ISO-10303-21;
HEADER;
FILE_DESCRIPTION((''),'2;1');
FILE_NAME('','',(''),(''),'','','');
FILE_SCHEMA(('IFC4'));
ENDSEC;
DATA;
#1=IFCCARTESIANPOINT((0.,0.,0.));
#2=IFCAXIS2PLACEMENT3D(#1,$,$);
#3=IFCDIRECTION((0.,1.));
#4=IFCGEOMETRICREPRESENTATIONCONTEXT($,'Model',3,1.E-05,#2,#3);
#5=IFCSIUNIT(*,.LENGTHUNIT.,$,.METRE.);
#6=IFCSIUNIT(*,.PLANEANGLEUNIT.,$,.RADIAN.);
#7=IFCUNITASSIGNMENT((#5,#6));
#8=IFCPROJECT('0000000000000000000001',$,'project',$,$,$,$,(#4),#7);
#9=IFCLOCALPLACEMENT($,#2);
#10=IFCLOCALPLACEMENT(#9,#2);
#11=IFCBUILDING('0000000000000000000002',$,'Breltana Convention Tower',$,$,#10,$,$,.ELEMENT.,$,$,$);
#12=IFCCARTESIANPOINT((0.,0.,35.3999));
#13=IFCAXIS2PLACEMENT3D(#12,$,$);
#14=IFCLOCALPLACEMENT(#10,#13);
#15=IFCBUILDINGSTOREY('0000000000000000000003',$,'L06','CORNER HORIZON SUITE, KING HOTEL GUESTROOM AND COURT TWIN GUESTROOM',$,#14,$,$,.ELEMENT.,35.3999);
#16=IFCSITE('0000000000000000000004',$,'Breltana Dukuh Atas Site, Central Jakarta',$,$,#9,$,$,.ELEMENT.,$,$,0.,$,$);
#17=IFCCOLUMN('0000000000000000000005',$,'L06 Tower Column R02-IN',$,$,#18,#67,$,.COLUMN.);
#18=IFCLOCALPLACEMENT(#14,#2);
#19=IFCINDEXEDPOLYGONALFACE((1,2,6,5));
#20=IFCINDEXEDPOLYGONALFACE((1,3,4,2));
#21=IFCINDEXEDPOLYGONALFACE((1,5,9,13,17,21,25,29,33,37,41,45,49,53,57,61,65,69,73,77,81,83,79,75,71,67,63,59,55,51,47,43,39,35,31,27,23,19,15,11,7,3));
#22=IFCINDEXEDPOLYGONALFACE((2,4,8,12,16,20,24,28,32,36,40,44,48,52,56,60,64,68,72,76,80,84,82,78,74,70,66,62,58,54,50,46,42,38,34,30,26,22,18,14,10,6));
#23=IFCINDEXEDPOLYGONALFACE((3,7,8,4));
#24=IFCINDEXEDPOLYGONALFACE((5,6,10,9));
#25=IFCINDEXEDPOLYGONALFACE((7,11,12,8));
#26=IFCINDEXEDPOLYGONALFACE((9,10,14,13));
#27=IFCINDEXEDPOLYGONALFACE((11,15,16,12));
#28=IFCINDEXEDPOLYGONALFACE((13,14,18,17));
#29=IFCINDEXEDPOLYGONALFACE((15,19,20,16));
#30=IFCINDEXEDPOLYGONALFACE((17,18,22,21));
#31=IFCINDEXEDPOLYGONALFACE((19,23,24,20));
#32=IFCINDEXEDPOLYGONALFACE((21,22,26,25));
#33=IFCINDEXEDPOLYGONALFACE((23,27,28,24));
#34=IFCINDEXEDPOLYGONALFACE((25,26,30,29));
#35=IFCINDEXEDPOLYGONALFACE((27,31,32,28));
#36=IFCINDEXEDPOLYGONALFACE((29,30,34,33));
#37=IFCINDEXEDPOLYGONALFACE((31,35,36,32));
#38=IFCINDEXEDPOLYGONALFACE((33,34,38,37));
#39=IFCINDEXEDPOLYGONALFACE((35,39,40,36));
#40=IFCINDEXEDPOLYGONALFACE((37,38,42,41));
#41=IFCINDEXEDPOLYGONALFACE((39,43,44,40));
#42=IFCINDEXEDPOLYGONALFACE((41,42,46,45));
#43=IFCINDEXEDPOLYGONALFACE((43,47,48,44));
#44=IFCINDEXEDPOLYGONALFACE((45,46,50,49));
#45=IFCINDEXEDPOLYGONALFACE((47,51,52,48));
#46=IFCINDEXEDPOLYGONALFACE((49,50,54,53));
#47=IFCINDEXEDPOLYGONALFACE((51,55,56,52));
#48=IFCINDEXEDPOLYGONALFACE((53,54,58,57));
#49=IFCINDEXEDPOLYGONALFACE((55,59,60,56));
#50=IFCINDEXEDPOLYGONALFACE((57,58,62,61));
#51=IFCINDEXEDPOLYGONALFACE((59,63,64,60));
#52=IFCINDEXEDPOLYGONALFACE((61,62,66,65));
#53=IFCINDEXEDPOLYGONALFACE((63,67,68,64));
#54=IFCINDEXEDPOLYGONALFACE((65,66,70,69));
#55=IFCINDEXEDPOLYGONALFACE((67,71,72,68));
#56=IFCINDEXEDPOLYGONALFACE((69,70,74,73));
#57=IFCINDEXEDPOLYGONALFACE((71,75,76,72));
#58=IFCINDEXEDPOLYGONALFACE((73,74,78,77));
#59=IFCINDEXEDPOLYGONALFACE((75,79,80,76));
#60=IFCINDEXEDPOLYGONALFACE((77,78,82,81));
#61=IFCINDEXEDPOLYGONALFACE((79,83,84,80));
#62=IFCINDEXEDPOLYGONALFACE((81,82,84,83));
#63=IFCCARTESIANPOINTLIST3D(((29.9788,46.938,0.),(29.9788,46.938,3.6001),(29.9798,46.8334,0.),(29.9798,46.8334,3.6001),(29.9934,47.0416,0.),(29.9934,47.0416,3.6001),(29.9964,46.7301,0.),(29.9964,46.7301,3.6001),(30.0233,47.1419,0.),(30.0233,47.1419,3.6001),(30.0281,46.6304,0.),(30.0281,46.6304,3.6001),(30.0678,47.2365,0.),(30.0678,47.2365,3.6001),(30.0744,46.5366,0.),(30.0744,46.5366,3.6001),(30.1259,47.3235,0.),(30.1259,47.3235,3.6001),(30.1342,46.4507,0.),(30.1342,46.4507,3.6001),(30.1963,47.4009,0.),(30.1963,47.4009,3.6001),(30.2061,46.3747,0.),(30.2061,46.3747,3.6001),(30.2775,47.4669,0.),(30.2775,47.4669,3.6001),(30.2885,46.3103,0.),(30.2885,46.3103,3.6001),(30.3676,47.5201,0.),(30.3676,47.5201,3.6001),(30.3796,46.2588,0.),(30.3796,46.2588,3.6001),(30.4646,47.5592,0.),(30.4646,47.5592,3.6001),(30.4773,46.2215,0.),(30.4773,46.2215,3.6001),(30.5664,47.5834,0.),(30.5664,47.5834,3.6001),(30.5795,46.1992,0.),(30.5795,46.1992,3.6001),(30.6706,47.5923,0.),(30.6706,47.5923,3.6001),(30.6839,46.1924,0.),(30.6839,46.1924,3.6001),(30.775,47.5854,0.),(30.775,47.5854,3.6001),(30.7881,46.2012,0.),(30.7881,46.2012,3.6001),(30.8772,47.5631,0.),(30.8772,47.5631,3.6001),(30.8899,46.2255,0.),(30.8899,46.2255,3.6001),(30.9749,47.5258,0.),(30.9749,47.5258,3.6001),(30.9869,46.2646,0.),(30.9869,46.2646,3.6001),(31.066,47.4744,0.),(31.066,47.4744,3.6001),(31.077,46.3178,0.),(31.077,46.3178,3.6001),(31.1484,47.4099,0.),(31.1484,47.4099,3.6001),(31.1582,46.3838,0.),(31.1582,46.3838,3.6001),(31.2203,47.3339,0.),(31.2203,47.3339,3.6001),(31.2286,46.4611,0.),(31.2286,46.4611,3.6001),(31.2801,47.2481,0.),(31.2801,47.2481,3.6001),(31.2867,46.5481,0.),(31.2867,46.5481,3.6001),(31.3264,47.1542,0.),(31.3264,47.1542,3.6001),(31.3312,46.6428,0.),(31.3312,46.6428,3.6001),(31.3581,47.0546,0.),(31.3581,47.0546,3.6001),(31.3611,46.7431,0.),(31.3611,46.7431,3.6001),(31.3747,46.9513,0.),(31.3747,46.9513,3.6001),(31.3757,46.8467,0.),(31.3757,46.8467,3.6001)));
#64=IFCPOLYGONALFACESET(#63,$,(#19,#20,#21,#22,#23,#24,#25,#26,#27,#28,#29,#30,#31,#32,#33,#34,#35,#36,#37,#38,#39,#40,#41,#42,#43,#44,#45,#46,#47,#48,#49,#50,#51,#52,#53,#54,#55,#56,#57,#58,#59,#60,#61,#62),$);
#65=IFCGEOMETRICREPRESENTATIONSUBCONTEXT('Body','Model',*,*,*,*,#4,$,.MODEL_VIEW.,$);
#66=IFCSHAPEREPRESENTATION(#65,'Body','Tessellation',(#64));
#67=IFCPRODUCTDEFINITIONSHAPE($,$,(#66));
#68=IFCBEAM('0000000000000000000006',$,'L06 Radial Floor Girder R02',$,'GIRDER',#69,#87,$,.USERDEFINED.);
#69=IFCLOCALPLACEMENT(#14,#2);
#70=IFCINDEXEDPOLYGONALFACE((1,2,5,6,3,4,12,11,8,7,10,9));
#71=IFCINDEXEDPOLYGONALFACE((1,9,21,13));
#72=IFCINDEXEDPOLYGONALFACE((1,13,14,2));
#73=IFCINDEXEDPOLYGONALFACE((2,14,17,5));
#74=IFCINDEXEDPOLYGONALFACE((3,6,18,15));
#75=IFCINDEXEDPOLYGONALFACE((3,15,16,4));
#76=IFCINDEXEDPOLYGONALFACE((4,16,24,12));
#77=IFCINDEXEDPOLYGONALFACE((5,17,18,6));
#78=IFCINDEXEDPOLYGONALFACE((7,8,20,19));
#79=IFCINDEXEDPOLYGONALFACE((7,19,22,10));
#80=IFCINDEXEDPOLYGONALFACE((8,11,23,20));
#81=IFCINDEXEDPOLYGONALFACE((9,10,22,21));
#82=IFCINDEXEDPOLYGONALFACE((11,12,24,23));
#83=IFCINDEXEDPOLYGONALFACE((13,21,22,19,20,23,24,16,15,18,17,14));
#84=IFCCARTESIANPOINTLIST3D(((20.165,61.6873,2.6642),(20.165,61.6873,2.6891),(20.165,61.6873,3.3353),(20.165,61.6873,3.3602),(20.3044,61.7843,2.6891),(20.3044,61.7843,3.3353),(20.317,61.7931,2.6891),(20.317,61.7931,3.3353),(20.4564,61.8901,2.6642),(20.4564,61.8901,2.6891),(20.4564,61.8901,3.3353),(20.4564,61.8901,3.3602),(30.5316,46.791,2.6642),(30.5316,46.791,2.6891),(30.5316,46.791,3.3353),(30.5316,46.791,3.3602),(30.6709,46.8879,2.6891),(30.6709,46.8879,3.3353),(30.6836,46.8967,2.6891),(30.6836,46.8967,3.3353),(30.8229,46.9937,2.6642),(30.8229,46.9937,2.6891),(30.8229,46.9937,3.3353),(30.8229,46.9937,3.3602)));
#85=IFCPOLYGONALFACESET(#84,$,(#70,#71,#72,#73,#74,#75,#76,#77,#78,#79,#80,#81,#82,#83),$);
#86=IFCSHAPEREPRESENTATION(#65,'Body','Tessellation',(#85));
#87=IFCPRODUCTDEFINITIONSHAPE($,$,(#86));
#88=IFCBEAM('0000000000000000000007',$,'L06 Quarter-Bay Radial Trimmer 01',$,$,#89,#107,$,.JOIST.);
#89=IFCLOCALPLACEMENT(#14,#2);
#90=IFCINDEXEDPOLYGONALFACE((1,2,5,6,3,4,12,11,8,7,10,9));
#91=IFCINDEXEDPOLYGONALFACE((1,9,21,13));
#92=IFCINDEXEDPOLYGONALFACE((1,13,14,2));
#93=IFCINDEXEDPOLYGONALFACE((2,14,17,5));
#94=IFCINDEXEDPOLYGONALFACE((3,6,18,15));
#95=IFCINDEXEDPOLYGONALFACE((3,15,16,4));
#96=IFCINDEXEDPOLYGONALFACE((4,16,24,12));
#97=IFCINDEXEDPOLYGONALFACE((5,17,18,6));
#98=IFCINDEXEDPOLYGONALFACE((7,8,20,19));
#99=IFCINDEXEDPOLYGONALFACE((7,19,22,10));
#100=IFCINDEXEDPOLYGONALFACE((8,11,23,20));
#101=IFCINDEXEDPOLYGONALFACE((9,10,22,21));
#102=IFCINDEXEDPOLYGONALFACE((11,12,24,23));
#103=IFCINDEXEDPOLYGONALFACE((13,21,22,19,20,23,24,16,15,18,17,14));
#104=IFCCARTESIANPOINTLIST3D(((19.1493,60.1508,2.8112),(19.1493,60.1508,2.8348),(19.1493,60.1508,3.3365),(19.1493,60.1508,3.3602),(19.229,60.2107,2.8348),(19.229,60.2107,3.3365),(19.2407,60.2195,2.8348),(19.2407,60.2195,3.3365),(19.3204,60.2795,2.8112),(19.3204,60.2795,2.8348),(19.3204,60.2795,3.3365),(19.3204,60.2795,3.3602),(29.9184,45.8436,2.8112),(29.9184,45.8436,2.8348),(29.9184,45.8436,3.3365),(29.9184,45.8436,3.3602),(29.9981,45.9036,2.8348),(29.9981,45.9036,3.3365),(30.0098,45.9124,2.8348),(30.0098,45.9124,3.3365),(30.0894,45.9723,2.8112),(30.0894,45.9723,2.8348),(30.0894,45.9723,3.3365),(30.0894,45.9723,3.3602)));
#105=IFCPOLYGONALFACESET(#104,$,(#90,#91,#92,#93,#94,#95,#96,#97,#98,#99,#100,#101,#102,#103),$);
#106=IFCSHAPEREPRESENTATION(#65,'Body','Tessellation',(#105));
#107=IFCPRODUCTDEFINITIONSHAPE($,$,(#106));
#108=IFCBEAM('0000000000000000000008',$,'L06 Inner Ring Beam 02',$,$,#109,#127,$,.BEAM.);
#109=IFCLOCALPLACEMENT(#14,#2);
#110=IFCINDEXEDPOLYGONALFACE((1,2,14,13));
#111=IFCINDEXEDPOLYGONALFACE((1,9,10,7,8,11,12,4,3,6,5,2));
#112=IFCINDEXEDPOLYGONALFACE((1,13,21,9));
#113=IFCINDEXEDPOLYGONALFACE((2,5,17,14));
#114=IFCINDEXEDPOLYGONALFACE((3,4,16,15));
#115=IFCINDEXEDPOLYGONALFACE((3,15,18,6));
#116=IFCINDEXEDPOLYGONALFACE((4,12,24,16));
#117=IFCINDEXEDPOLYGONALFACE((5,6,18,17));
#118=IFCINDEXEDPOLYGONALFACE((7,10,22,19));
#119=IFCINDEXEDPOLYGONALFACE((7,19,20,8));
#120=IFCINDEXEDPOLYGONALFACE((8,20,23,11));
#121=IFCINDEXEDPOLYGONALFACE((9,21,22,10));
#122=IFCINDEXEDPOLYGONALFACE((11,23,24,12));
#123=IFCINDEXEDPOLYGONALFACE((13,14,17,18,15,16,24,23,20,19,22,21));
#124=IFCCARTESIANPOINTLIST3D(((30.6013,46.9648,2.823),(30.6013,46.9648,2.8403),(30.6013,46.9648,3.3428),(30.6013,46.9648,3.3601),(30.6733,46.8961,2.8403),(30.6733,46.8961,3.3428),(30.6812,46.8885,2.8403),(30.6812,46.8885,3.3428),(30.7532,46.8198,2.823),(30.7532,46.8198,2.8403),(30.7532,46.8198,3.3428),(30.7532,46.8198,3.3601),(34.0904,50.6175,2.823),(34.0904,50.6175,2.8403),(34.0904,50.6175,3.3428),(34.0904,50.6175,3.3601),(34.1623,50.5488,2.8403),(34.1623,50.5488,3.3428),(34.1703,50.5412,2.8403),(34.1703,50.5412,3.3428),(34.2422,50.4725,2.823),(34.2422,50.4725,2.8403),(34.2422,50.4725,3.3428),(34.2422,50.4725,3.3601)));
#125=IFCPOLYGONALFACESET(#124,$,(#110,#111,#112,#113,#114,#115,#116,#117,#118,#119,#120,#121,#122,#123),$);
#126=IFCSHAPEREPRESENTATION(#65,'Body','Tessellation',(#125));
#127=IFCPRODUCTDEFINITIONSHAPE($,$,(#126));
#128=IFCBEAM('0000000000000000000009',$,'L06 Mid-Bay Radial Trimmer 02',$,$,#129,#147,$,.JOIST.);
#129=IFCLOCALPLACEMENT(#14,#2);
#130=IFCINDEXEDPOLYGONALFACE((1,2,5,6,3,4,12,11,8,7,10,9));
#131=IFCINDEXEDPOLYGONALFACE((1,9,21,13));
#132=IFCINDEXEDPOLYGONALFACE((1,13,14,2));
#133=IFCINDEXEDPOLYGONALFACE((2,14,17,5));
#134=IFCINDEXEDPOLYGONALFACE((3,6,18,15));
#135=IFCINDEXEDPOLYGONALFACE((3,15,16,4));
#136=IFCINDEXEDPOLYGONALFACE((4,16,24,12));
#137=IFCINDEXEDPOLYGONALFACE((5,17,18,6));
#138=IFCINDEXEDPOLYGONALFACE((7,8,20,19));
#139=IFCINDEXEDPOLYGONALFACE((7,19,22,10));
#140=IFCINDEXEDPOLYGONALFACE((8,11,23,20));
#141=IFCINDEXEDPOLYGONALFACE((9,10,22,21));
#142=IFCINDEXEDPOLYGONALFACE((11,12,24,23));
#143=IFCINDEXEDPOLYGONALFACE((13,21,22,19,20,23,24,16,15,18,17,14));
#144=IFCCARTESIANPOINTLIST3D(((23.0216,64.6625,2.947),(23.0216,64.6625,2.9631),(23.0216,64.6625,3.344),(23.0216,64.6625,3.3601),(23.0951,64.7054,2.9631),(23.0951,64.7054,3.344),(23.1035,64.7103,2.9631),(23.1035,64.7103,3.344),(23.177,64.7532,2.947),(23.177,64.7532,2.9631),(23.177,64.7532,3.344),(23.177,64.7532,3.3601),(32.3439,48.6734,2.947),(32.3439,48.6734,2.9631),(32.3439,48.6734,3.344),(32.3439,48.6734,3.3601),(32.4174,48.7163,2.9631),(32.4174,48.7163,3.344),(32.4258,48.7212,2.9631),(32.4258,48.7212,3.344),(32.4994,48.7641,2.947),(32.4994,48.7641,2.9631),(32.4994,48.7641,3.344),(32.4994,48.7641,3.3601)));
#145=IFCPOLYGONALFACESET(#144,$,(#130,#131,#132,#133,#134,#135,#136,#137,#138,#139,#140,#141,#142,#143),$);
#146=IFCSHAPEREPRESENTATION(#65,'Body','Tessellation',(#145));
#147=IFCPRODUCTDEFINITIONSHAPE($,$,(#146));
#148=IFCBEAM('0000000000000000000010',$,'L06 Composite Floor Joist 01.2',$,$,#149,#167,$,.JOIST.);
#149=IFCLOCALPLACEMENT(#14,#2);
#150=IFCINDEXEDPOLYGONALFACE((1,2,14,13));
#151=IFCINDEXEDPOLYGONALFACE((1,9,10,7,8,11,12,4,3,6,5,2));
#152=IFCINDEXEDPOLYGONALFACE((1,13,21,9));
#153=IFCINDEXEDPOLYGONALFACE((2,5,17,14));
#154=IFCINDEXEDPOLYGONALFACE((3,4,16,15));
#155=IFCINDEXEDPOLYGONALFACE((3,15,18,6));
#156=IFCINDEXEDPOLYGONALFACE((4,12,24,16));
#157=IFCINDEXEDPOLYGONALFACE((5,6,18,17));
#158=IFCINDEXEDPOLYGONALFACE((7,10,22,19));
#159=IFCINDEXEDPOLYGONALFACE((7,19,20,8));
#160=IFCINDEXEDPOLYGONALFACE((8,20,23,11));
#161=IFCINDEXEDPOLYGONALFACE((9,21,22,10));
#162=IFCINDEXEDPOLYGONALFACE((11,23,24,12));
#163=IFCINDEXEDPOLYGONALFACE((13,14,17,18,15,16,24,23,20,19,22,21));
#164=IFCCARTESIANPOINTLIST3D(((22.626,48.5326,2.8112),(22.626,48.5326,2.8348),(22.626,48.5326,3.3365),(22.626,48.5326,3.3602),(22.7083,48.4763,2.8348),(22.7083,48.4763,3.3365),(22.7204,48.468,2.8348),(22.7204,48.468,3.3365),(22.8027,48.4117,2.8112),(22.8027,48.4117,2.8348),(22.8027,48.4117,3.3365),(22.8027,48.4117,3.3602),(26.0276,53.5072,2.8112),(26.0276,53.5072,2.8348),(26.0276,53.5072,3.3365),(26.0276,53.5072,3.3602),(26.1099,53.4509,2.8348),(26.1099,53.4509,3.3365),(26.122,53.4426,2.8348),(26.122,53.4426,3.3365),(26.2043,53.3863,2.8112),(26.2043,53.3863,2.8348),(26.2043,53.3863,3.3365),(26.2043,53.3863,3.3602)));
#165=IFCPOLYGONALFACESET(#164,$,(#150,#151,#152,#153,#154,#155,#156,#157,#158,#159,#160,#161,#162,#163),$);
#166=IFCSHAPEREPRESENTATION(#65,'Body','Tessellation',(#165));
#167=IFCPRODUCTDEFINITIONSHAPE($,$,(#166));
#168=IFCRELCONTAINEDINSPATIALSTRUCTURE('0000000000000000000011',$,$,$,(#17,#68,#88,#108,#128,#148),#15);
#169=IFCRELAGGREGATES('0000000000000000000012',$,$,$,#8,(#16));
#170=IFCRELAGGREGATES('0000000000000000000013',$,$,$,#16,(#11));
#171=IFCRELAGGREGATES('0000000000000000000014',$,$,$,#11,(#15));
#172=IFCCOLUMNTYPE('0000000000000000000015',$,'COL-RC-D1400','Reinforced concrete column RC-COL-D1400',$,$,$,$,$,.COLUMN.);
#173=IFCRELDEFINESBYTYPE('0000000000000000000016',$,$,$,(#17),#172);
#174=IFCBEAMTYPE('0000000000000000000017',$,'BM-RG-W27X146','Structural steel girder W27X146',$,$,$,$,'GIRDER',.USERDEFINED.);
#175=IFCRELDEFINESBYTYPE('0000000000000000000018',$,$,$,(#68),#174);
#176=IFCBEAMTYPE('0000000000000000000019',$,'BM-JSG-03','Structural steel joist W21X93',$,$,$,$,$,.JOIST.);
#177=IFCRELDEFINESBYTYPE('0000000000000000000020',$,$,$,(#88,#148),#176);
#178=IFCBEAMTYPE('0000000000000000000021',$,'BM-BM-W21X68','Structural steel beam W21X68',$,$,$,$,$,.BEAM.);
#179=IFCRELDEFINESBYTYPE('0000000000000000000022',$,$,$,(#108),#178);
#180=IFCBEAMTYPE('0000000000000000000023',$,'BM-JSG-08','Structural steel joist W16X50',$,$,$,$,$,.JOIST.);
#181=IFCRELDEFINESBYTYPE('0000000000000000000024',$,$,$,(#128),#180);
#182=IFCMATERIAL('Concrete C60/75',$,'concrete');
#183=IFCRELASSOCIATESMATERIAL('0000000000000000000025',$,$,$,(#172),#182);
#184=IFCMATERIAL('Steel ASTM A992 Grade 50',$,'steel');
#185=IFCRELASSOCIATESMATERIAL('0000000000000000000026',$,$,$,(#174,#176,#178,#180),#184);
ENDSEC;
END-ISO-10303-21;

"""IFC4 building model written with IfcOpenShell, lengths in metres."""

from ifc_helpers import new_model, si_unit, direction, frame, origin, origin_2d, place, context, subcontext, project, spatial, circle, i_section, extrude, source, transform, mapped, material, material_profile, profile_set, type_object, element, save


model = new_model("IFC4")

# Units and contexts
model_context = context("Model", 3, precision=1e-05, world=origin(), true_north=direction((0.0, 1.0)))
body_context = subcontext(model_context, "Body", "Model", "MODEL_VIEW")
ifc_project = project(units=[si_unit("LENGTHUNIT", "METRE"), si_unit("PLANEANGLEUNIT", "RADIAN")], contexts=[model_context])

# Site, building, storey
site_placement = place(None, origin())
site = spatial("IfcSite", under=ifc_project, at=site_placement, Name="Breltana Dukuh Atas Site, Central Jakarta", CompositionType="ELEMENT", RefElevation=0.0)
building_placement = place(site_placement, origin())
building = spatial("IfcBuilding", under=site, at=building_placement, Name="Breltana Convention Tower", CompositionType="ELEMENT")
storey_placement = place(building_placement, frame((0.0, 0.0, 35.3999)))
storey = spatial("IfcBuildingStorey", under=building, at=storey_placement, Name="L06", Description="CORNER HORIZON SUITE, KING HOTEL GUESTROOM AND COURT TWIN GUESTROOM", CompositionType="ELEMENT", Elevation=35.3999)

# Column
ifc_material_1 = material(Name="Concrete C60/75", Category="concrete")
ifc_material_profile_1 = material_profile(ifc_material_1, circle(Radius=0.7, at=origin_2d()), Name="RC-COL-D1400")
ifc_profile_set_1 = profile_set([ifc_material_profile_1], Name="Concrete C60/75")
column_type = type_object("IfcColumnType", Name="COL-RC-D1400", Description="Reinforced concrete column RC-COL-D1400", PredefinedType="COLUMN", material=ifc_profile_set_1)
shared_shape_1 = source(origin(), body_context, "Body", "SweptSolid", [
    extrude(circle(Radius=0.7, at=origin_2d()), origin(), (0.0, 0.0, 1.0), 3.6001),
])
column_placement = place(storey_placement, frame((30.6772, 46.8923, 0.0), z_axis=(0.0, 0.0, 1.0), x_axis=(-0.571143, 0.82085, 0.0)))
element("IfcColumn", 1, at=column_placement, inside=storey, type_object=column_type, Name="L06 Tower Column R02-IN", PredefinedType="COLUMN", context=body_context, shape_type="MappedRepresentation", body=[
    mapped(shared_shape_1, transform((0.0, 0.0, 0.0), scale=1.0)),
])

# Beams
ifc_material_2 = material(Name="Steel ASTM A992 Grade 50", Category="steel")
ifc_material_profile_2 = material_profile(ifc_material_2, i_section(OverallWidth=0.355, OverallDepth=0.696, WebThickness=0.0154, FlangeThickness=0.0249, at=origin_2d()), Name="W27X146")
ifc_profile_set_2 = profile_set([ifc_material_profile_2], Name="Steel ASTM A992 Grade 50")
beam_type_1 = type_object("IfcBeamType", Name="BM-RG-W27X146", Description="Structural steel girder W27X146", ElementType="GIRDER", PredefinedType="USERDEFINED", material=ifc_profile_set_2)
shared_shape_2 = source(origin(), body_context, "Body", "SweptSolid", [
    extrude(i_section(OverallWidth=0.355, OverallDepth=0.696, WebThickness=0.0154, FlangeThickness=0.0249, at=origin_2d()), origin(), (0.0, 0.0, 1.0), 18.1484),
])
beam_1_placement = place(storey_placement, frame((30.6772, 46.8923, 3.0122), z_axis=(-0.571208, 0.820806, 0.0), x_axis=(-0.820806, -0.571208, 0.0)))
element("IfcBeam", 2, at=beam_1_placement, inside=storey, type_object=beam_type_1, Name="L06 Radial Floor Girder R02", ObjectType="GIRDER", PredefinedType="USERDEFINED", context=body_context, shape_type="MappedRepresentation", body=[
    mapped(shared_shape_2, transform((0.0, 0.0, 0.0), scale=1.0)),
])
ifc_material_profile_3 = material_profile(ifc_material_2, i_section(OverallWidth=0.2141, OverallDepth=0.5491, WebThickness=0.0146, FlangeThickness=0.0237, at=origin_2d()), Name="W21X93")
ifc_profile_set_3 = profile_set([ifc_material_profile_3], Name="Steel ASTM A992 Grade 50")
beam_type_2 = type_object("IfcBeamType", Name="BM-JSG-03", Description="Structural steel joist W21X93", PredefinedType="JOIST", material=ifc_profile_set_3)
shared_shape_3 = source(origin(), body_context, "Body", "SweptSolid", [
    extrude(i_section(OverallWidth=0.2141, OverallDepth=0.5491, WebThickness=0.0146, FlangeThickness=0.0237, at=origin_2d()), origin(), (0.0, 0.0, 1.0), 17.9072),
])
beam_2_placement = place(storey_placement, frame((30.0039, 45.908, 3.0857), z_axis=(-0.601382, 0.798962, 0.0), x_axis=(-0.798962, -0.601382, 0.0)))
element("IfcBeam", 3, at=beam_2_placement, inside=storey, type_object=beam_type_2, Name="L06 Quarter-Bay Radial Trimmer 01", PredefinedType="JOIST", context=body_context, shape_type="MappedRepresentation", body=[
    mapped(shared_shape_3, transform((0.0, 0.0, 0.0), scale=1.0)),
])
ifc_material_profile_4 = material_profile(ifc_material_2, i_section(OverallWidth=0.21, OverallDepth=0.5371, WebThickness=0.011, FlangeThickness=0.0173, at=origin_2d()), Name="W21X68")
ifc_profile_set_4 = profile_set([ifc_material_profile_4], Name="Steel ASTM A992 Grade 50")
beam_type_3 = type_object("IfcBeamType", Name="BM-BM-W21X68", Description="Structural steel beam W21X68", PredefinedType="BEAM", material=ifc_profile_set_4)
shared_shape_4 = source(origin(), body_context, "Body", "SweptSolid", [
    extrude(i_section(OverallWidth=0.21, OverallDepth=0.5371, WebThickness=0.011, FlangeThickness=0.0173, at=origin_2d()), origin(), (0.0, 0.0, 1.0), 5.0513),
])
beam_3_placement = place(storey_placement, frame((30.6772, 46.8923, 3.0916), z_axis=(0.69073, 0.723113, 0.0), x_axis=(-0.723113, 0.69073, 0.0)))
element("IfcBeam", 4, at=beam_3_placement, inside=storey, type_object=beam_type_3, Name="L06 Inner Ring Beam 02", PredefinedType="BEAM", context=body_context, shape_type="MappedRepresentation", body=[
    mapped(shared_shape_4, transform((0.0, 0.0, 0.0), scale=1.0)),
])
ifc_material_profile_5 = material_profile(ifc_material_2, i_section(OverallWidth=0.1799, OverallDepth=0.4131, WebThickness=0.0098, FlangeThickness=0.0161, at=origin_2d()), Name="W16X50")
ifc_profile_set_5 = profile_set([ifc_material_profile_5], Name="Steel ASTM A992 Grade 50")
beam_type_4 = type_object("IfcBeamType", Name="BM-JSG-08", Description="Structural steel joist W16X50", PredefinedType="JOIST", material=ifc_profile_set_5)
shared_shape_5 = source(origin(), body_context, "Body", "SweptSolid", [
    extrude(i_section(OverallWidth=0.1799, OverallDepth=0.4131, WebThickness=0.0098, FlangeThickness=0.0161, at=origin_2d()), origin(), (0.0, 0.0, 1.0), 18.5083),
])
beam_4_placement = place(storey_placement, frame((32.4216, 48.7188, 3.1536), z_axis=(-0.503683, 0.863888, 0.0), x_axis=(-0.863888, -0.503683, 0.0)))
element("IfcBeam", 5, at=beam_4_placement, inside=storey, type_object=beam_type_4, Name="L06 Mid-Bay Radial Trimmer 02", PredefinedType="JOIST", context=body_context, shape_type="MappedRepresentation", body=[
    mapped(shared_shape_5, transform((0.0, 0.0, 0.0), scale=1.0)),
])
shared_shape_6 = source(origin(), body_context, "Body", "SweptSolid", [
    extrude(i_section(OverallWidth=0.2141, OverallDepth=0.5491, WebThickness=0.0146, FlangeThickness=0.0237, at=origin_2d()), origin(), (0.0, 0.0, 1.0), 6.0264),
])
beam_5_placement = place(storey_placement, frame((22.7144, 48.4722, 3.0857), z_axis=(0.56445, 0.825467, 0.0), x_axis=(-0.825467, 0.56445, 0.0)))
element("IfcBeam", 6, at=beam_5_placement, inside=storey, type_object=beam_type_2, Name="L06 Composite Floor Joist 01.2", PredefinedType="JOIST", context=body_context, shape_type="MappedRepresentation", body=[
    mapped(shared_shape_6, transform((0.0, 0.0, 0.0), scale=1.0)),
])

save(model, "model.ifc")
